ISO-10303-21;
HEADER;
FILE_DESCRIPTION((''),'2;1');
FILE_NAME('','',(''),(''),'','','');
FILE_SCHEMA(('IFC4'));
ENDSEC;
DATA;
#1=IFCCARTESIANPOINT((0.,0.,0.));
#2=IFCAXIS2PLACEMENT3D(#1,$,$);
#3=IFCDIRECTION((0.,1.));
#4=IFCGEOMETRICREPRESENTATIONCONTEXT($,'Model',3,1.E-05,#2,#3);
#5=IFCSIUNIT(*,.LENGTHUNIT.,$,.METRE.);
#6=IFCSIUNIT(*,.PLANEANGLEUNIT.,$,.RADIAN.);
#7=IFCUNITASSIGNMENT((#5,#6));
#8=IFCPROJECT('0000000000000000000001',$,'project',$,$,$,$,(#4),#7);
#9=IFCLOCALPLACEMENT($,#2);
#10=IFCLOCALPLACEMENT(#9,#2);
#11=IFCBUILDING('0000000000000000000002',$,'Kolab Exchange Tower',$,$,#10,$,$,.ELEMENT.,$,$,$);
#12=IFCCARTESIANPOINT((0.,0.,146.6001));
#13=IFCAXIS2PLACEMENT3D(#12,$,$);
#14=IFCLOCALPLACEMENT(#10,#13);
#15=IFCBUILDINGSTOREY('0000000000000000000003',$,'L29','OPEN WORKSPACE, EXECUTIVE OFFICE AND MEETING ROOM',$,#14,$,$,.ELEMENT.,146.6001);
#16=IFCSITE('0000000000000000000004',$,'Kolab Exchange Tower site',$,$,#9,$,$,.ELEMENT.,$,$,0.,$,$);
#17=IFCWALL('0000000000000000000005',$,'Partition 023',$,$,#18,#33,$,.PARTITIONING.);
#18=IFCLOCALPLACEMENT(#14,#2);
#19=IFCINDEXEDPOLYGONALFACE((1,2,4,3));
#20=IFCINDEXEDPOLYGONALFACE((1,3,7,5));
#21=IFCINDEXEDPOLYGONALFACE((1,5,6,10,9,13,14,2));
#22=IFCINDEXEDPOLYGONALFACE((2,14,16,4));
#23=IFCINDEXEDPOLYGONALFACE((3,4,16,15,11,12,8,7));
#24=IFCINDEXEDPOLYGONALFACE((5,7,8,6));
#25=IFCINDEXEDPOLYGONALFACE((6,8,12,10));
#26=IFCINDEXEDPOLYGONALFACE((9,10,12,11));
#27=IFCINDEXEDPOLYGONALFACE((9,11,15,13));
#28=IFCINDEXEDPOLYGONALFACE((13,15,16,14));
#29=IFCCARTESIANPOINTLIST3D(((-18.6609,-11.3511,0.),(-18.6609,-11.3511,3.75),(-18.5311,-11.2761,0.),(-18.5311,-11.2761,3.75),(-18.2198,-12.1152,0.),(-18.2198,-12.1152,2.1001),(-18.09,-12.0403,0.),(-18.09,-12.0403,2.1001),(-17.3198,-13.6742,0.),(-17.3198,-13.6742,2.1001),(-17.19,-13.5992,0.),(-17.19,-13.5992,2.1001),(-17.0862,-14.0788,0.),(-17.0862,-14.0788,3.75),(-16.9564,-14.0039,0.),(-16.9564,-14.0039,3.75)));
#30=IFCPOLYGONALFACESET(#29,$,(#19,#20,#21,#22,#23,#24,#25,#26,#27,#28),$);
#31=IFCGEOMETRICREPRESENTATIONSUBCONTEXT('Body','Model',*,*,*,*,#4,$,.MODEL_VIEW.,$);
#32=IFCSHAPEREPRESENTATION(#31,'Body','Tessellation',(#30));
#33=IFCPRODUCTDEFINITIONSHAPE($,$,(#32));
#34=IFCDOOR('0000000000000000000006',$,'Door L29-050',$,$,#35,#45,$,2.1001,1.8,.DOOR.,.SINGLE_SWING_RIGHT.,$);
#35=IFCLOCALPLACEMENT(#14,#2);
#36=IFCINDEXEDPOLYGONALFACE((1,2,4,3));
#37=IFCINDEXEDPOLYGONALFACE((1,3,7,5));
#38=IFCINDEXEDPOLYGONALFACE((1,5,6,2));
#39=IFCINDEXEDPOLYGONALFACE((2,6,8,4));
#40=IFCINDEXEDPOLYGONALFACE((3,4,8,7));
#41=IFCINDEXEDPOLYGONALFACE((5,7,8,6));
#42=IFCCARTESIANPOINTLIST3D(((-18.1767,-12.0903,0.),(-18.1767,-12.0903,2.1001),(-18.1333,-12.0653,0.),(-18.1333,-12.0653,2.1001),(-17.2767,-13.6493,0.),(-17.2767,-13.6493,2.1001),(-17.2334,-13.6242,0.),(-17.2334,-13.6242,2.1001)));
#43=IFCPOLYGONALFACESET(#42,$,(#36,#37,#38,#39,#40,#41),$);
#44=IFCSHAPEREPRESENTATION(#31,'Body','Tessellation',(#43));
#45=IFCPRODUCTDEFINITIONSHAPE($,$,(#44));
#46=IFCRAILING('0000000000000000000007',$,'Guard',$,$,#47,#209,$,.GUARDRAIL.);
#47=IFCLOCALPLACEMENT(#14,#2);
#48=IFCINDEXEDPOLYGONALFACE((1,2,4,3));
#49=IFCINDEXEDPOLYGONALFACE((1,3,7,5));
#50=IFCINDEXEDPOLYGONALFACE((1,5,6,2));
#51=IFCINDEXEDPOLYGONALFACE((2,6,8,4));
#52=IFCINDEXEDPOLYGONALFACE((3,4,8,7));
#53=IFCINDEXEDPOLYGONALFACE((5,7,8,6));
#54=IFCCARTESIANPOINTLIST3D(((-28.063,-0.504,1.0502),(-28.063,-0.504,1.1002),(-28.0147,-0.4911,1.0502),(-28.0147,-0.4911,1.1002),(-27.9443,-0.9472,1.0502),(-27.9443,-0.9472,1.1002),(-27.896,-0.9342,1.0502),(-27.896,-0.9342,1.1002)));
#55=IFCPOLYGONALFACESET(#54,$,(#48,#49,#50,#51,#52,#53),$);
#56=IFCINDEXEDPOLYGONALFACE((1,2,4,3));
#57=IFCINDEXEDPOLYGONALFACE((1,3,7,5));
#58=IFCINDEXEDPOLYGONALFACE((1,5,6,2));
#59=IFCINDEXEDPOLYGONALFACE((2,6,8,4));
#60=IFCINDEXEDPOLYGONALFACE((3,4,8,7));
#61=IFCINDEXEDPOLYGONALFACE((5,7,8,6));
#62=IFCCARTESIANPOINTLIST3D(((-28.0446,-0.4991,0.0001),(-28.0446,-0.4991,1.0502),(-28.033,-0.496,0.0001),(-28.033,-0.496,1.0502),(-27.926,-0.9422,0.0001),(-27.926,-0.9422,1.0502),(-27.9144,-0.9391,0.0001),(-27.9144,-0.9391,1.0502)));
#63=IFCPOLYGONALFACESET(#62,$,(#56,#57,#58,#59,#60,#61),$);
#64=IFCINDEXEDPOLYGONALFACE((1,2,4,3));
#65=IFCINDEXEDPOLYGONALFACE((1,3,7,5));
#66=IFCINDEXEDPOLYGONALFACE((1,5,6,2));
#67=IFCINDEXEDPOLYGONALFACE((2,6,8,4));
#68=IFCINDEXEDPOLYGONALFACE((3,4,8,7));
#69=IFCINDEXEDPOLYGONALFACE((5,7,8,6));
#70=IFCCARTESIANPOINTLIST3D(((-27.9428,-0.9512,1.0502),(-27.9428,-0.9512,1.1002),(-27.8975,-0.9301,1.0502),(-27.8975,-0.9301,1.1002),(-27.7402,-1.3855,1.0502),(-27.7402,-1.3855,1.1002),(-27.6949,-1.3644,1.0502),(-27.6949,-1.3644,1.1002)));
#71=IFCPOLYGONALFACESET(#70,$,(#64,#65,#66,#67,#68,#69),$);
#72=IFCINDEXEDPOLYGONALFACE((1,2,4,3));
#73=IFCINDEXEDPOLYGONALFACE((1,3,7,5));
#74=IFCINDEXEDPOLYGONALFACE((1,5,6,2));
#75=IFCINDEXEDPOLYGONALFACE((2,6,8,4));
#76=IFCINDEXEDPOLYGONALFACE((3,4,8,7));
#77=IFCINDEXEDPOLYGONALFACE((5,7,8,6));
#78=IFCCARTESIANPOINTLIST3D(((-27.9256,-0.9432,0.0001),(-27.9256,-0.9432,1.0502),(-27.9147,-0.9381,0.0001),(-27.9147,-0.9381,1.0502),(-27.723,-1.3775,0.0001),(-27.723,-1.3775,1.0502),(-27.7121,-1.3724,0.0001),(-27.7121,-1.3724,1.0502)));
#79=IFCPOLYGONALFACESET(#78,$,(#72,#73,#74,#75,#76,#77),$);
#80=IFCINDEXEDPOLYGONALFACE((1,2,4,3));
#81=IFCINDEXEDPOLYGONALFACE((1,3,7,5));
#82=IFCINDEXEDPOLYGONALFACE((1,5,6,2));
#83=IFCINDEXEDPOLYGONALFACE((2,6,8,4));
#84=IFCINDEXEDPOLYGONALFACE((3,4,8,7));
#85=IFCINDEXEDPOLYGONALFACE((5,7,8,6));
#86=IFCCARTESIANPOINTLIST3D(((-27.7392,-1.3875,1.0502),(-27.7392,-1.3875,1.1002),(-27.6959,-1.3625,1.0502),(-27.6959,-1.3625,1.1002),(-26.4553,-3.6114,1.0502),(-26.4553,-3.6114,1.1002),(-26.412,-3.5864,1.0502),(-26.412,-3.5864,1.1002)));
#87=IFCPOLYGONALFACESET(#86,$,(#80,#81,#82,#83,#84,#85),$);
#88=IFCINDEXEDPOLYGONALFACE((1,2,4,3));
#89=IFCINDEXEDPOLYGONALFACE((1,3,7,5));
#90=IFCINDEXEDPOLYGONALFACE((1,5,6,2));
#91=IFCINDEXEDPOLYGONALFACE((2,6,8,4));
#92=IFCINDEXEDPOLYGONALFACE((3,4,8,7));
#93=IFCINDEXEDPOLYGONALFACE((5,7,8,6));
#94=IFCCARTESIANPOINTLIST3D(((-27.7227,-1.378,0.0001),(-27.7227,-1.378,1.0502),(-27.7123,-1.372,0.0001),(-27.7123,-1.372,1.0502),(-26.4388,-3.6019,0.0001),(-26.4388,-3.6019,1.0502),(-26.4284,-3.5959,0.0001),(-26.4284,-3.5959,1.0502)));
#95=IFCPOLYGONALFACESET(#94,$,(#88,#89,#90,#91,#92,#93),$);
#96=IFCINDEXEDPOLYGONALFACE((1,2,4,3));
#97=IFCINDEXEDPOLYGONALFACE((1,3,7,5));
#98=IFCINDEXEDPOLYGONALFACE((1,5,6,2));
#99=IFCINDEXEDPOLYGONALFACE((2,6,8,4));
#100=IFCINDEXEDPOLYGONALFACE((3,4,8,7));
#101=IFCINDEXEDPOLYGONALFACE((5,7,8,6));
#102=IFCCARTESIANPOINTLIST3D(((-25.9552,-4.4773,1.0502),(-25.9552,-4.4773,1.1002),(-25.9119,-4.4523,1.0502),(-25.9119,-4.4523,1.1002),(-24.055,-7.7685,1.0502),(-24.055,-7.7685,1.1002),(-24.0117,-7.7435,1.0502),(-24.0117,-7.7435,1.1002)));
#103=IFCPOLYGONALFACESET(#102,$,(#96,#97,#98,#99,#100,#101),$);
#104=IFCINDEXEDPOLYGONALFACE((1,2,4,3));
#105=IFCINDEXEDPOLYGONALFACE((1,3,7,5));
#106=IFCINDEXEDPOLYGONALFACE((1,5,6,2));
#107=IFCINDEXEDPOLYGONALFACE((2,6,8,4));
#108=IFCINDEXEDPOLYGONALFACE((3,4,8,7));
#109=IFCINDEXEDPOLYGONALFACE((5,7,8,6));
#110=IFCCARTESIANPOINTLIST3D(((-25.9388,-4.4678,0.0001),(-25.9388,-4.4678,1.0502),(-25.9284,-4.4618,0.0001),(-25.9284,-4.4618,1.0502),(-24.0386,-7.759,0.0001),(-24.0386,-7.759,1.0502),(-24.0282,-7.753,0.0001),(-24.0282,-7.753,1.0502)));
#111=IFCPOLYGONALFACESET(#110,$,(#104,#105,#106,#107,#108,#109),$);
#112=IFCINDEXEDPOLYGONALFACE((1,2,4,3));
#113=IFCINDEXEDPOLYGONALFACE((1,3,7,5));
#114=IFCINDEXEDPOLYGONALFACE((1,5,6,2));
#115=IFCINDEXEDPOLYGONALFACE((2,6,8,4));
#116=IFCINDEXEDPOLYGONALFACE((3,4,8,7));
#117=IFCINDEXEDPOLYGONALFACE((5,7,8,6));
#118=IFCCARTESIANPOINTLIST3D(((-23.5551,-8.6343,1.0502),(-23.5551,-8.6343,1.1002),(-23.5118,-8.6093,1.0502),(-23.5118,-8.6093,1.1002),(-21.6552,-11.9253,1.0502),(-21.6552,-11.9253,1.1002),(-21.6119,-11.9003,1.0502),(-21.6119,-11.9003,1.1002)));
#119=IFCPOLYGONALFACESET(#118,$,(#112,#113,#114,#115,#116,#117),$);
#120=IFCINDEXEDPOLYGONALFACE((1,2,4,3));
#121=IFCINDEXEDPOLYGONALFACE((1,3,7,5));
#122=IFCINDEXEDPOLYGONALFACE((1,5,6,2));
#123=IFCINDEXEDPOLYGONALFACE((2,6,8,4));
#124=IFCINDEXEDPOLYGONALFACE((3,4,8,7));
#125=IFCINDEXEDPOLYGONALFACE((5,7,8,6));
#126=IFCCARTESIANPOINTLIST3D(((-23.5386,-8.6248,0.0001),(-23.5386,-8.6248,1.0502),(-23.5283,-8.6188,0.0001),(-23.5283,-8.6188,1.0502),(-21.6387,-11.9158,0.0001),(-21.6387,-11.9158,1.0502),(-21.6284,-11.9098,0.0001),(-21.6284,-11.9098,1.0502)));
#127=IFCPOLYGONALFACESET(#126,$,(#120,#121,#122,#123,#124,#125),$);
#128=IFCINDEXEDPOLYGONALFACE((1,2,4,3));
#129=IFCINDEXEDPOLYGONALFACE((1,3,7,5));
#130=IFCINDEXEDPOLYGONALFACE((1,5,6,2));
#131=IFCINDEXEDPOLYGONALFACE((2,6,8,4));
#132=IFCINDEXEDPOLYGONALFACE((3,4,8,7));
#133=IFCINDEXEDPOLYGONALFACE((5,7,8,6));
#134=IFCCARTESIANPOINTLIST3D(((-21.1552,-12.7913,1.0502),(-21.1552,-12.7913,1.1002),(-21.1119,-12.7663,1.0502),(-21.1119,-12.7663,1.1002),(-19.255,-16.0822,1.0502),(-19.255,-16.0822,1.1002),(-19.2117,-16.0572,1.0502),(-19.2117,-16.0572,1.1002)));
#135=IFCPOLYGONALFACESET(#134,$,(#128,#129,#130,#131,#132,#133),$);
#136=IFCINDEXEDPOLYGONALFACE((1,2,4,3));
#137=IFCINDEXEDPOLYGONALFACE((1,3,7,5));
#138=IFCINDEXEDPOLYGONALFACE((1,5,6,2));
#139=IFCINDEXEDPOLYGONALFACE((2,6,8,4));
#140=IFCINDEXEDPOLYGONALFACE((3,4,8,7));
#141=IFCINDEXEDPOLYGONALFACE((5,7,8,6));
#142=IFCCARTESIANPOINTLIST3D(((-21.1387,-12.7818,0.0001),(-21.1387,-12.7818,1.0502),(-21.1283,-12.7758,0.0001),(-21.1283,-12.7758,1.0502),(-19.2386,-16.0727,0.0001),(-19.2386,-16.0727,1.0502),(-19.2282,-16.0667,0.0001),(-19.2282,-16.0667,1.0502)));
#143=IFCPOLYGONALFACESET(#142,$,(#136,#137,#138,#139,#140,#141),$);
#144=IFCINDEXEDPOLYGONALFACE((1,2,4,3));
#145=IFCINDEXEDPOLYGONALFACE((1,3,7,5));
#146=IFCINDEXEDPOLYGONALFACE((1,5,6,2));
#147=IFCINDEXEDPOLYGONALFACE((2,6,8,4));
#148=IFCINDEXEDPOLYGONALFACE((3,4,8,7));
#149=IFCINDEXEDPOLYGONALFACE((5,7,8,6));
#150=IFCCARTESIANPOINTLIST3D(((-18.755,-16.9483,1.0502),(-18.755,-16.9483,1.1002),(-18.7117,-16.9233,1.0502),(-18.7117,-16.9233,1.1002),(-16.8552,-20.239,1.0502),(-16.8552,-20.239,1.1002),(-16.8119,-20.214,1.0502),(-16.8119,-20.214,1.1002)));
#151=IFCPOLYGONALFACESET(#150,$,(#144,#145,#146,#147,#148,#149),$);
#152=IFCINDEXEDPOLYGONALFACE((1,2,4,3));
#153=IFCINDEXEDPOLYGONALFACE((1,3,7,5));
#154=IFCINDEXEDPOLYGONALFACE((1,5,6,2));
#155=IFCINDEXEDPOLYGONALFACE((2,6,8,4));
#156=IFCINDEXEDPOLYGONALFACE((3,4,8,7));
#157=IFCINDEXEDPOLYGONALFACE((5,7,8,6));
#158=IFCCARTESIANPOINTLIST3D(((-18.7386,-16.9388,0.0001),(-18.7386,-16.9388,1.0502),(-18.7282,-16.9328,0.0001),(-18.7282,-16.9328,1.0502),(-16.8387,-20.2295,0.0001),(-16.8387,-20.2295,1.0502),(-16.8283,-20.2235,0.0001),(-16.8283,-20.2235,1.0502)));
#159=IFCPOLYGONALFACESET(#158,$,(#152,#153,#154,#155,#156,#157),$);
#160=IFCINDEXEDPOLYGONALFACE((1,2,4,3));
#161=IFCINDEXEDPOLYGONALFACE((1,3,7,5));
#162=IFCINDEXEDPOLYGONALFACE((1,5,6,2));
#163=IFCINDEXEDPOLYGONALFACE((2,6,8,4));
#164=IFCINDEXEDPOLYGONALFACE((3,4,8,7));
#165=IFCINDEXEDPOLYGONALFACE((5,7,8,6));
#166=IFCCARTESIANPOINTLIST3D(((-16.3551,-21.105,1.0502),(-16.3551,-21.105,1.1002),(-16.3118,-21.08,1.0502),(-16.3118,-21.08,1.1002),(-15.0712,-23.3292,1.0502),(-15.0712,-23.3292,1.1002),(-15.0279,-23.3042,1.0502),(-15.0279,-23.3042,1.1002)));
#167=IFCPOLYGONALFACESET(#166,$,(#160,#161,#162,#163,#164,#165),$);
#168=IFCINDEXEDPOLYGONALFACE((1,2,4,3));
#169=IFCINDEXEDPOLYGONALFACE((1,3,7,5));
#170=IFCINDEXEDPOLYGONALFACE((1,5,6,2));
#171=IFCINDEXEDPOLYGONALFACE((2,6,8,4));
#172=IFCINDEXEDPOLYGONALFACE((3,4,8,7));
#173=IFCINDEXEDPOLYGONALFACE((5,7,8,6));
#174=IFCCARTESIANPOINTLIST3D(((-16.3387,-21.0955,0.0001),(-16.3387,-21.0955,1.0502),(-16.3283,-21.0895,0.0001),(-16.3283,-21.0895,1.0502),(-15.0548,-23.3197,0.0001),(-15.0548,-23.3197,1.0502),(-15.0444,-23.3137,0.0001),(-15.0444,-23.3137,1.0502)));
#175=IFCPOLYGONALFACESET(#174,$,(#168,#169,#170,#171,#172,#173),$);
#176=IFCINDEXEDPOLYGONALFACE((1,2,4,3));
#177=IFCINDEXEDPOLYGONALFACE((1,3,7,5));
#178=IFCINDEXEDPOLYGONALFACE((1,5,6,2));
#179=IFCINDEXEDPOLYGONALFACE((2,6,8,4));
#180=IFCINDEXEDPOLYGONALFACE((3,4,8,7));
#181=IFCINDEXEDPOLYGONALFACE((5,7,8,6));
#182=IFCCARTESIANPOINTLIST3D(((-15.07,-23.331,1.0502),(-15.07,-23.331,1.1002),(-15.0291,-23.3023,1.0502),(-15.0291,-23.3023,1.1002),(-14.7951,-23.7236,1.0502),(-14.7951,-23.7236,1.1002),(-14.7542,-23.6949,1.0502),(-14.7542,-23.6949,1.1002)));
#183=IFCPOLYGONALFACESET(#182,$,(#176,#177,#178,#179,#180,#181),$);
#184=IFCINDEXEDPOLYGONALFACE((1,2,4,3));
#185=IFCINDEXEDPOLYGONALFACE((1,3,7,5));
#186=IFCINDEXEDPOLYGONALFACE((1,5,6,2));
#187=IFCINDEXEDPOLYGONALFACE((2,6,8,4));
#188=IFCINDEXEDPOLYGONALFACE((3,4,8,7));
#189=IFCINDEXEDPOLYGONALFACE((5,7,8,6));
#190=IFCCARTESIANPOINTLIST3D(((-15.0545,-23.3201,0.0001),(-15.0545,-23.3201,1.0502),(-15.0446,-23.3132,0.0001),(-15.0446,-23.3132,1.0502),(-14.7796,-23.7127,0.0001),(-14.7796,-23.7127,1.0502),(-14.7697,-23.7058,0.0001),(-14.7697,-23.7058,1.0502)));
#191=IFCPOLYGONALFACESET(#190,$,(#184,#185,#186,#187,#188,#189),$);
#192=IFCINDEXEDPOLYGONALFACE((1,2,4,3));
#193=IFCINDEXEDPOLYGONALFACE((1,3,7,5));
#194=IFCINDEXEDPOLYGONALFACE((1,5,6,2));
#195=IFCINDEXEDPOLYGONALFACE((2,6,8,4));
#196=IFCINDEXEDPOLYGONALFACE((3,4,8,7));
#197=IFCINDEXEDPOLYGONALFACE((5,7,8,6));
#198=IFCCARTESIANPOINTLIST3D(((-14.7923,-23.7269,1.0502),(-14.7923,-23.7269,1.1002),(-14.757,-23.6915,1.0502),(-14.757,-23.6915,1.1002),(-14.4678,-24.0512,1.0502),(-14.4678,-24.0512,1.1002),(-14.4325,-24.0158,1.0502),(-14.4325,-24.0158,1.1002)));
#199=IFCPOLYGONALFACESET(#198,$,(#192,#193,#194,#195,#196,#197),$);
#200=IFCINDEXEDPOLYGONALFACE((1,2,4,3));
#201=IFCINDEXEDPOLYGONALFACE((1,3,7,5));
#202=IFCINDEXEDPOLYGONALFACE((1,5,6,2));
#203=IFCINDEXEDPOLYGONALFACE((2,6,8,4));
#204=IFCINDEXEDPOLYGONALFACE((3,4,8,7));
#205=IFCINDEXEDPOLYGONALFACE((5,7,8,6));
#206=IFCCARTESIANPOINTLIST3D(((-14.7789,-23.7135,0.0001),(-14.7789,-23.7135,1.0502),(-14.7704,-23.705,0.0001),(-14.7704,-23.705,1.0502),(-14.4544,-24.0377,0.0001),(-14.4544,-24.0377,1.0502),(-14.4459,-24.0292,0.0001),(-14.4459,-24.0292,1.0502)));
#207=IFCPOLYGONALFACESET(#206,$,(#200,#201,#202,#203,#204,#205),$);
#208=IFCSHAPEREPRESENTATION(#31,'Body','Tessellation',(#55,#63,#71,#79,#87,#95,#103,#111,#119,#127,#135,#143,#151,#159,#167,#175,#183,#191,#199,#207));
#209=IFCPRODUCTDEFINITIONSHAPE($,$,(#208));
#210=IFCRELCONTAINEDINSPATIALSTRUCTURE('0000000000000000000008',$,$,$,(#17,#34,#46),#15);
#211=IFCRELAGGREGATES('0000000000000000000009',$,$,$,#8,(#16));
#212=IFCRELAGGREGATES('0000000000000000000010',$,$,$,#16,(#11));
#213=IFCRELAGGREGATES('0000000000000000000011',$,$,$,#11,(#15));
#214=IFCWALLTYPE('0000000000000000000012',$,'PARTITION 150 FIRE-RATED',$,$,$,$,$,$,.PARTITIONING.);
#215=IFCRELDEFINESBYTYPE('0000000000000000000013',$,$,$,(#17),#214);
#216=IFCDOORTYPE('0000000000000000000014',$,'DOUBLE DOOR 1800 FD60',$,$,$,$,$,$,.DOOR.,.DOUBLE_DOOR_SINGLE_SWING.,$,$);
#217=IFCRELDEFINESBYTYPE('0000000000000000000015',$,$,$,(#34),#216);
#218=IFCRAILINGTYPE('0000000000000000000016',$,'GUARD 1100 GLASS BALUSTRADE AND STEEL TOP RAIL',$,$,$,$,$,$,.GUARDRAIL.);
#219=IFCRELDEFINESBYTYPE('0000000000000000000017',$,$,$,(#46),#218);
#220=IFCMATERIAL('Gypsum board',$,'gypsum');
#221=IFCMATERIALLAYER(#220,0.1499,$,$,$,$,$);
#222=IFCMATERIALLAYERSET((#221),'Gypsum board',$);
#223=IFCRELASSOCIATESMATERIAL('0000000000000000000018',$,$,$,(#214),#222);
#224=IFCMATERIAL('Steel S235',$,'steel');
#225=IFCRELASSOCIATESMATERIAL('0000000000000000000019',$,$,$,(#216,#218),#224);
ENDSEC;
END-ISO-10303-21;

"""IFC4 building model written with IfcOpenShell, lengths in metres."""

from ifc_helpers import new_model, si_unit, direction, frame, frame_2d, origin, origin_2d, place, context, subcontext, project, spatial, rectangle, extrude, material, layer, layer_set, type_object, element, fill, save


model = new_model("IFC4")

# Units and contexts
model_context = context("Model", 3, precision=1e-05, world=origin(), true_north=direction((0.0, 1.0)))
body_context = subcontext(model_context, "Body", "Model", "MODEL_VIEW")
ifc_project = project(units=[si_unit("LENGTHUNIT", "METRE"), si_unit("PLANEANGLEUNIT", "RADIAN")], contexts=[model_context])

# Site, building, storey
site_placement = place(None, origin())
site = spatial("IfcSite", under=ifc_project, at=site_placement, Name="Kolab Exchange Tower site", CompositionType="ELEMENT", RefElevation=0.0)
building_placement = place(site_placement, origin())
building = spatial("IfcBuilding", under=site, at=building_placement, Name="Kolab Exchange Tower", CompositionType="ELEMENT")
storey_placement = place(building_placement, frame((0.0, 0.0, 146.6001)))
storey = spatial("IfcBuildingStorey", under=building, at=storey_placement, Name="L29", Description="OPEN WORKSPACE, EXECUTIVE OFFICE AND MEETING ROOM", CompositionType="ELEMENT", Elevation=146.6001)

# Shared definitions
ifc_material_1 = material(Name="Gypsum board", Category="gypsum")

# Wall, opening, door
ifc_layer_1 = layer(ifc_material_1, 0.1499)
ifc_layer_set_1 = layer_set([ifc_layer_1], Name="Gypsum board")
wall_type_1 = type_object("IfcWallType", Name="PARTITION 150 FIRE-RATED", PredefinedType="PARTITIONING", material=ifc_layer_set_1)
wall_1_placement = place(storey_placement, frame((-18.5959, -11.3137, 0.0), z_axis=(0.0, 0.0, 1.0), x_axis=(0.499957, -0.86605, 0.0)))
wall_1 = element("IfcWall", 1, at=wall_1_placement, inside=storey, type_object=wall_type_1, Name="Partition 023", PredefinedType="PARTITIONING", context=body_context, shape_type="SweptSolid", body=[
    extrude(rectangle(XDim=3.1497, YDim=0.1499, at=frame_2d((1.5747, 0.0))), origin(), (0.0, 0.0, 1.0), 3.75),
])
opening_placement = place(wall_1_placement, frame((0.8823, 0.0, 0.0)))
opening = element("IfcOpeningElement", 2, at=opening_placement, cuts=wall_1, PredefinedType="OPENING", context=body_context, shape_type="SweptSolid", body=[
    extrude(rectangle(XDim=1.8, YDim=2.1001, at=frame_2d((0.8999, 1.05))), frame((0.0, 0.085, 0.0), z_axis=(0.0, -1.0, 0.0), x_axis=(1.0, 0.0, 0.0)), (0.0, 0.0, 1.0), 0.1699),
])
ifc_material_2 = material(Name="Steel S235", Category="steel")
door_type = type_object("IfcDoorType", Name="DOUBLE DOOR 1800 FD60", OperationType="DOUBLE_DOOR_SINGLE_SWING", PredefinedType="DOOR", material=ifc_material_2)
door_placement = place(opening_placement, origin())
door = element("IfcDoor", 3, at=door_placement, inside=storey, type_object=door_type, Name="Door L29-050", OperationType="SINGLE_SWING_RIGHT", OverallHeight=2.1001, OverallWidth=1.8, PredefinedType="DOOR", context=body_context, shape_type="SweptSolid", body=[
    extrude(rectangle(XDim=1.8, YDim=2.1001, at=frame_2d((0.8999, 1.05))), frame((0.0, 0.0249, 0.0), z_axis=(0.0, -1.0, 0.0), x_axis=(1.0, 0.0, 0.0)), (0.0, 0.0, 1.0), 0.05),
])
fill(opening, door)

# Railing
railing_type = type_object("IfcRailingType", Name="GUARD 1100 GLASS BALUSTRADE AND STEEL TOP RAIL", PredefinedType="GUARDRAIL", material=ifc_material_2)
railing_placement = place(storey_placement, frame((-28.0388, -0.4976, 0.0)))
element("IfcRailing", 4, at=railing_placement, inside=storey, type_object=railing_type, Name="Guard", PredefinedType="GUARDRAIL", context=body_context, shape_type="SweptSolid", body=[
    extrude(rectangle(XDim=0.05, YDim=0.05, at=origin_2d()), frame((0.0, 0.0, 1.0752), z_axis=(0.258656, -0.965969, 0.0), x_axis=(0.965969, 0.258656, 0.0)), (0.0, 0.0, 1.0), 0.4587),
    extrude(rectangle(XDim=0.012, YDim=1.0501, at=frame_2d((0.0, 0.5251))), frame((0.0, 0.0, 0.0), z_axis=(0.258656, -0.965969, 0.0), x_axis=(0.965969, 0.258656, 0.0)), (0.0, 0.0, 1.0), 0.4587),
    extrude(rectangle(XDim=0.05, YDim=0.05, at=origin_2d()), frame((0.1187, -0.4431, 1.0752), z_axis=(0.422802, -0.906222, 0.0), x_axis=(0.906222, 0.422802, 0.0)), (0.0, 0.0, 1.0), 0.4792),
    extrude(rectangle(XDim=0.012, YDim=1.0501, at=frame_2d((0.0, 0.5251))), frame((0.1187, -0.4431, 0.0), z_axis=(0.422802, -0.906222, 0.0), x_axis=(0.906222, 0.422802, 0.0)), (0.0, 0.0, 1.0), 0.4792),
    extrude(rectangle(XDim=0.05, YDim=0.05, at=origin_2d()), frame((0.3213, -0.8774, 1.0752), z_axis=(0.499994, -0.866029, 0.0), x_axis=(0.866029, 0.499994, 0.0)), (0.0, 0.0, 1.0), 2.5679),
    extrude(rectangle(XDim=0.012, YDim=1.0501, at=frame_2d((0.0, 0.5251))), frame((0.3213, -0.8774, 0.0), z_axis=(0.499994, -0.866029, 0.0), x_axis=(0.866029, 0.499994, 0.0)), (0.0, 0.0, 1.0), 2.5679),
    extrude(rectangle(XDim=0.05, YDim=0.05, at=origin_2d()), frame((2.1052, -3.9673, 1.0752), z_axis=(0.500015, -0.866017, 0.0), x_axis=(0.866017, 0.500015, 0.0)), (0.0, 0.0, 1.0), 3.8003),
    extrude(rectangle(XDim=0.012, YDim=1.0501, at=frame_2d((0.0, 0.5251))), frame((2.1052, -3.9673, 0.0), z_axis=(0.500015, -0.866017, 0.0), x_axis=(0.866017, 0.500015, 0.0)), (0.0, 0.0, 1.0), 3.8003),
    extrude(rectangle(XDim=0.05, YDim=0.05, at=origin_2d()), frame((4.5054, -8.1243, 1.0752), z_axis=(0.499967, -0.866044, 0.0), x_axis=(0.866044, 0.499967, 0.0)), (0.0, 0.0, 1.0), 3.8),
    extrude(rectangle(XDim=0.012, YDim=1.0501, at=frame_2d((0.0, 0.5251))), frame((4.5054, -8.1243, 0.0), z_axis=(0.499967, -0.866044, 0.0), x_axis=(0.866044, 0.499967, 0.0)), (0.0, 0.0, 1.0), 3.8),
    extrude(rectangle(XDim=0.05, YDim=0.05, at=origin_2d()), frame((6.9053, -12.2812, 1.0752), z_axis=(0.500043, -0.866, 0.0), x_axis=(0.866, 0.500043, 0.0)), (0.0, 0.0, 1.0), 3.8),
    extrude(rectangle(XDim=0.012, YDim=1.0501, at=frame_2d((0.0, 0.5251))), frame((6.9053, -12.2812, 0.0), z_axis=(0.500043, -0.866, 0.0), x_axis=(0.866, 0.500043, 0.0)), (0.0, 0.0, 1.0), 3.8),
    extrude(rectangle(XDim=0.05, YDim=0.05, at=origin_2d()), frame((9.3054, -16.4382, 1.0752), z_axis=(0.499995, -0.866028, 0.0), x_axis=(0.866028, 0.499995, 0.0)), (0.0, 0.0, 1.0), 3.7998),
    extrude(rectangle(XDim=0.012, YDim=1.0501, at=frame_2d((0.0, 0.5251))), frame((9.3054, -16.4382, 0.0), z_axis=(0.499995, -0.866028, 0.0), x_axis=(0.866028, 0.499995, 0.0)), (0.0, 0.0, 1.0), 3.7998),
    extrude(rectangle(XDim=0.05, YDim=0.05, at=origin_2d()), frame((11.7053, -20.595, 1.0752), z_axis=(0.499953, -0.866053, 0.0), x_axis=(0.866053, 0.499953, 0.0)), (0.0, 0.0, 1.0), 2.5681),
    extrude(rectangle(XDim=0.012, YDim=1.0501, at=frame_2d((0.0, 0.5251))), frame((11.7053, -20.595, 0.0), z_axis=(0.499953, -0.866053, 0.0), x_axis=(0.866053, 0.499953, 0.0)), (0.0, 0.0, 1.0), 2.5681),
    extrude(rectangle(XDim=0.05, YDim=0.05, at=origin_2d()), frame((12.9893, -22.8191, 1.0752), z_axis=(0.573599, -0.819136, 0.0), x_axis=(0.819136, 0.573599, 0.0)), (0.0, 0.0, 1.0), 0.4792),
    extrude(rectangle(XDim=0.012, YDim=1.0501, at=frame_2d((0.0, 0.5251))), frame((12.9893, -22.8191, 0.0), z_axis=(0.573599, -0.819136, 0.0), x_axis=(0.819136, 0.573599, 0.0)), (0.0, 0.0, 1.0), 0.4792),
    extrude(rectangle(XDim=0.05, YDim=0.05, at=origin_2d()), frame((13.2642, -23.2117, 1.0752), z_axis=(0.707373, -0.706841, 0.0), x_axis=(0.706841, 0.707373, 0.0)), (0.0, 0.0, 1.0), 0.4587),
    extrude(rectangle(XDim=0.012, YDim=1.0501, at=frame_2d((0.0, 0.5251))), frame((13.2642, -23.2117, 0.0), z_axis=(0.707373, -0.706841, 0.0), x_axis=(0.706841, 0.707373, 0.0)), (0.0, 0.0, 1.0), 0.4587),
])

save(model, "model.ifc")
